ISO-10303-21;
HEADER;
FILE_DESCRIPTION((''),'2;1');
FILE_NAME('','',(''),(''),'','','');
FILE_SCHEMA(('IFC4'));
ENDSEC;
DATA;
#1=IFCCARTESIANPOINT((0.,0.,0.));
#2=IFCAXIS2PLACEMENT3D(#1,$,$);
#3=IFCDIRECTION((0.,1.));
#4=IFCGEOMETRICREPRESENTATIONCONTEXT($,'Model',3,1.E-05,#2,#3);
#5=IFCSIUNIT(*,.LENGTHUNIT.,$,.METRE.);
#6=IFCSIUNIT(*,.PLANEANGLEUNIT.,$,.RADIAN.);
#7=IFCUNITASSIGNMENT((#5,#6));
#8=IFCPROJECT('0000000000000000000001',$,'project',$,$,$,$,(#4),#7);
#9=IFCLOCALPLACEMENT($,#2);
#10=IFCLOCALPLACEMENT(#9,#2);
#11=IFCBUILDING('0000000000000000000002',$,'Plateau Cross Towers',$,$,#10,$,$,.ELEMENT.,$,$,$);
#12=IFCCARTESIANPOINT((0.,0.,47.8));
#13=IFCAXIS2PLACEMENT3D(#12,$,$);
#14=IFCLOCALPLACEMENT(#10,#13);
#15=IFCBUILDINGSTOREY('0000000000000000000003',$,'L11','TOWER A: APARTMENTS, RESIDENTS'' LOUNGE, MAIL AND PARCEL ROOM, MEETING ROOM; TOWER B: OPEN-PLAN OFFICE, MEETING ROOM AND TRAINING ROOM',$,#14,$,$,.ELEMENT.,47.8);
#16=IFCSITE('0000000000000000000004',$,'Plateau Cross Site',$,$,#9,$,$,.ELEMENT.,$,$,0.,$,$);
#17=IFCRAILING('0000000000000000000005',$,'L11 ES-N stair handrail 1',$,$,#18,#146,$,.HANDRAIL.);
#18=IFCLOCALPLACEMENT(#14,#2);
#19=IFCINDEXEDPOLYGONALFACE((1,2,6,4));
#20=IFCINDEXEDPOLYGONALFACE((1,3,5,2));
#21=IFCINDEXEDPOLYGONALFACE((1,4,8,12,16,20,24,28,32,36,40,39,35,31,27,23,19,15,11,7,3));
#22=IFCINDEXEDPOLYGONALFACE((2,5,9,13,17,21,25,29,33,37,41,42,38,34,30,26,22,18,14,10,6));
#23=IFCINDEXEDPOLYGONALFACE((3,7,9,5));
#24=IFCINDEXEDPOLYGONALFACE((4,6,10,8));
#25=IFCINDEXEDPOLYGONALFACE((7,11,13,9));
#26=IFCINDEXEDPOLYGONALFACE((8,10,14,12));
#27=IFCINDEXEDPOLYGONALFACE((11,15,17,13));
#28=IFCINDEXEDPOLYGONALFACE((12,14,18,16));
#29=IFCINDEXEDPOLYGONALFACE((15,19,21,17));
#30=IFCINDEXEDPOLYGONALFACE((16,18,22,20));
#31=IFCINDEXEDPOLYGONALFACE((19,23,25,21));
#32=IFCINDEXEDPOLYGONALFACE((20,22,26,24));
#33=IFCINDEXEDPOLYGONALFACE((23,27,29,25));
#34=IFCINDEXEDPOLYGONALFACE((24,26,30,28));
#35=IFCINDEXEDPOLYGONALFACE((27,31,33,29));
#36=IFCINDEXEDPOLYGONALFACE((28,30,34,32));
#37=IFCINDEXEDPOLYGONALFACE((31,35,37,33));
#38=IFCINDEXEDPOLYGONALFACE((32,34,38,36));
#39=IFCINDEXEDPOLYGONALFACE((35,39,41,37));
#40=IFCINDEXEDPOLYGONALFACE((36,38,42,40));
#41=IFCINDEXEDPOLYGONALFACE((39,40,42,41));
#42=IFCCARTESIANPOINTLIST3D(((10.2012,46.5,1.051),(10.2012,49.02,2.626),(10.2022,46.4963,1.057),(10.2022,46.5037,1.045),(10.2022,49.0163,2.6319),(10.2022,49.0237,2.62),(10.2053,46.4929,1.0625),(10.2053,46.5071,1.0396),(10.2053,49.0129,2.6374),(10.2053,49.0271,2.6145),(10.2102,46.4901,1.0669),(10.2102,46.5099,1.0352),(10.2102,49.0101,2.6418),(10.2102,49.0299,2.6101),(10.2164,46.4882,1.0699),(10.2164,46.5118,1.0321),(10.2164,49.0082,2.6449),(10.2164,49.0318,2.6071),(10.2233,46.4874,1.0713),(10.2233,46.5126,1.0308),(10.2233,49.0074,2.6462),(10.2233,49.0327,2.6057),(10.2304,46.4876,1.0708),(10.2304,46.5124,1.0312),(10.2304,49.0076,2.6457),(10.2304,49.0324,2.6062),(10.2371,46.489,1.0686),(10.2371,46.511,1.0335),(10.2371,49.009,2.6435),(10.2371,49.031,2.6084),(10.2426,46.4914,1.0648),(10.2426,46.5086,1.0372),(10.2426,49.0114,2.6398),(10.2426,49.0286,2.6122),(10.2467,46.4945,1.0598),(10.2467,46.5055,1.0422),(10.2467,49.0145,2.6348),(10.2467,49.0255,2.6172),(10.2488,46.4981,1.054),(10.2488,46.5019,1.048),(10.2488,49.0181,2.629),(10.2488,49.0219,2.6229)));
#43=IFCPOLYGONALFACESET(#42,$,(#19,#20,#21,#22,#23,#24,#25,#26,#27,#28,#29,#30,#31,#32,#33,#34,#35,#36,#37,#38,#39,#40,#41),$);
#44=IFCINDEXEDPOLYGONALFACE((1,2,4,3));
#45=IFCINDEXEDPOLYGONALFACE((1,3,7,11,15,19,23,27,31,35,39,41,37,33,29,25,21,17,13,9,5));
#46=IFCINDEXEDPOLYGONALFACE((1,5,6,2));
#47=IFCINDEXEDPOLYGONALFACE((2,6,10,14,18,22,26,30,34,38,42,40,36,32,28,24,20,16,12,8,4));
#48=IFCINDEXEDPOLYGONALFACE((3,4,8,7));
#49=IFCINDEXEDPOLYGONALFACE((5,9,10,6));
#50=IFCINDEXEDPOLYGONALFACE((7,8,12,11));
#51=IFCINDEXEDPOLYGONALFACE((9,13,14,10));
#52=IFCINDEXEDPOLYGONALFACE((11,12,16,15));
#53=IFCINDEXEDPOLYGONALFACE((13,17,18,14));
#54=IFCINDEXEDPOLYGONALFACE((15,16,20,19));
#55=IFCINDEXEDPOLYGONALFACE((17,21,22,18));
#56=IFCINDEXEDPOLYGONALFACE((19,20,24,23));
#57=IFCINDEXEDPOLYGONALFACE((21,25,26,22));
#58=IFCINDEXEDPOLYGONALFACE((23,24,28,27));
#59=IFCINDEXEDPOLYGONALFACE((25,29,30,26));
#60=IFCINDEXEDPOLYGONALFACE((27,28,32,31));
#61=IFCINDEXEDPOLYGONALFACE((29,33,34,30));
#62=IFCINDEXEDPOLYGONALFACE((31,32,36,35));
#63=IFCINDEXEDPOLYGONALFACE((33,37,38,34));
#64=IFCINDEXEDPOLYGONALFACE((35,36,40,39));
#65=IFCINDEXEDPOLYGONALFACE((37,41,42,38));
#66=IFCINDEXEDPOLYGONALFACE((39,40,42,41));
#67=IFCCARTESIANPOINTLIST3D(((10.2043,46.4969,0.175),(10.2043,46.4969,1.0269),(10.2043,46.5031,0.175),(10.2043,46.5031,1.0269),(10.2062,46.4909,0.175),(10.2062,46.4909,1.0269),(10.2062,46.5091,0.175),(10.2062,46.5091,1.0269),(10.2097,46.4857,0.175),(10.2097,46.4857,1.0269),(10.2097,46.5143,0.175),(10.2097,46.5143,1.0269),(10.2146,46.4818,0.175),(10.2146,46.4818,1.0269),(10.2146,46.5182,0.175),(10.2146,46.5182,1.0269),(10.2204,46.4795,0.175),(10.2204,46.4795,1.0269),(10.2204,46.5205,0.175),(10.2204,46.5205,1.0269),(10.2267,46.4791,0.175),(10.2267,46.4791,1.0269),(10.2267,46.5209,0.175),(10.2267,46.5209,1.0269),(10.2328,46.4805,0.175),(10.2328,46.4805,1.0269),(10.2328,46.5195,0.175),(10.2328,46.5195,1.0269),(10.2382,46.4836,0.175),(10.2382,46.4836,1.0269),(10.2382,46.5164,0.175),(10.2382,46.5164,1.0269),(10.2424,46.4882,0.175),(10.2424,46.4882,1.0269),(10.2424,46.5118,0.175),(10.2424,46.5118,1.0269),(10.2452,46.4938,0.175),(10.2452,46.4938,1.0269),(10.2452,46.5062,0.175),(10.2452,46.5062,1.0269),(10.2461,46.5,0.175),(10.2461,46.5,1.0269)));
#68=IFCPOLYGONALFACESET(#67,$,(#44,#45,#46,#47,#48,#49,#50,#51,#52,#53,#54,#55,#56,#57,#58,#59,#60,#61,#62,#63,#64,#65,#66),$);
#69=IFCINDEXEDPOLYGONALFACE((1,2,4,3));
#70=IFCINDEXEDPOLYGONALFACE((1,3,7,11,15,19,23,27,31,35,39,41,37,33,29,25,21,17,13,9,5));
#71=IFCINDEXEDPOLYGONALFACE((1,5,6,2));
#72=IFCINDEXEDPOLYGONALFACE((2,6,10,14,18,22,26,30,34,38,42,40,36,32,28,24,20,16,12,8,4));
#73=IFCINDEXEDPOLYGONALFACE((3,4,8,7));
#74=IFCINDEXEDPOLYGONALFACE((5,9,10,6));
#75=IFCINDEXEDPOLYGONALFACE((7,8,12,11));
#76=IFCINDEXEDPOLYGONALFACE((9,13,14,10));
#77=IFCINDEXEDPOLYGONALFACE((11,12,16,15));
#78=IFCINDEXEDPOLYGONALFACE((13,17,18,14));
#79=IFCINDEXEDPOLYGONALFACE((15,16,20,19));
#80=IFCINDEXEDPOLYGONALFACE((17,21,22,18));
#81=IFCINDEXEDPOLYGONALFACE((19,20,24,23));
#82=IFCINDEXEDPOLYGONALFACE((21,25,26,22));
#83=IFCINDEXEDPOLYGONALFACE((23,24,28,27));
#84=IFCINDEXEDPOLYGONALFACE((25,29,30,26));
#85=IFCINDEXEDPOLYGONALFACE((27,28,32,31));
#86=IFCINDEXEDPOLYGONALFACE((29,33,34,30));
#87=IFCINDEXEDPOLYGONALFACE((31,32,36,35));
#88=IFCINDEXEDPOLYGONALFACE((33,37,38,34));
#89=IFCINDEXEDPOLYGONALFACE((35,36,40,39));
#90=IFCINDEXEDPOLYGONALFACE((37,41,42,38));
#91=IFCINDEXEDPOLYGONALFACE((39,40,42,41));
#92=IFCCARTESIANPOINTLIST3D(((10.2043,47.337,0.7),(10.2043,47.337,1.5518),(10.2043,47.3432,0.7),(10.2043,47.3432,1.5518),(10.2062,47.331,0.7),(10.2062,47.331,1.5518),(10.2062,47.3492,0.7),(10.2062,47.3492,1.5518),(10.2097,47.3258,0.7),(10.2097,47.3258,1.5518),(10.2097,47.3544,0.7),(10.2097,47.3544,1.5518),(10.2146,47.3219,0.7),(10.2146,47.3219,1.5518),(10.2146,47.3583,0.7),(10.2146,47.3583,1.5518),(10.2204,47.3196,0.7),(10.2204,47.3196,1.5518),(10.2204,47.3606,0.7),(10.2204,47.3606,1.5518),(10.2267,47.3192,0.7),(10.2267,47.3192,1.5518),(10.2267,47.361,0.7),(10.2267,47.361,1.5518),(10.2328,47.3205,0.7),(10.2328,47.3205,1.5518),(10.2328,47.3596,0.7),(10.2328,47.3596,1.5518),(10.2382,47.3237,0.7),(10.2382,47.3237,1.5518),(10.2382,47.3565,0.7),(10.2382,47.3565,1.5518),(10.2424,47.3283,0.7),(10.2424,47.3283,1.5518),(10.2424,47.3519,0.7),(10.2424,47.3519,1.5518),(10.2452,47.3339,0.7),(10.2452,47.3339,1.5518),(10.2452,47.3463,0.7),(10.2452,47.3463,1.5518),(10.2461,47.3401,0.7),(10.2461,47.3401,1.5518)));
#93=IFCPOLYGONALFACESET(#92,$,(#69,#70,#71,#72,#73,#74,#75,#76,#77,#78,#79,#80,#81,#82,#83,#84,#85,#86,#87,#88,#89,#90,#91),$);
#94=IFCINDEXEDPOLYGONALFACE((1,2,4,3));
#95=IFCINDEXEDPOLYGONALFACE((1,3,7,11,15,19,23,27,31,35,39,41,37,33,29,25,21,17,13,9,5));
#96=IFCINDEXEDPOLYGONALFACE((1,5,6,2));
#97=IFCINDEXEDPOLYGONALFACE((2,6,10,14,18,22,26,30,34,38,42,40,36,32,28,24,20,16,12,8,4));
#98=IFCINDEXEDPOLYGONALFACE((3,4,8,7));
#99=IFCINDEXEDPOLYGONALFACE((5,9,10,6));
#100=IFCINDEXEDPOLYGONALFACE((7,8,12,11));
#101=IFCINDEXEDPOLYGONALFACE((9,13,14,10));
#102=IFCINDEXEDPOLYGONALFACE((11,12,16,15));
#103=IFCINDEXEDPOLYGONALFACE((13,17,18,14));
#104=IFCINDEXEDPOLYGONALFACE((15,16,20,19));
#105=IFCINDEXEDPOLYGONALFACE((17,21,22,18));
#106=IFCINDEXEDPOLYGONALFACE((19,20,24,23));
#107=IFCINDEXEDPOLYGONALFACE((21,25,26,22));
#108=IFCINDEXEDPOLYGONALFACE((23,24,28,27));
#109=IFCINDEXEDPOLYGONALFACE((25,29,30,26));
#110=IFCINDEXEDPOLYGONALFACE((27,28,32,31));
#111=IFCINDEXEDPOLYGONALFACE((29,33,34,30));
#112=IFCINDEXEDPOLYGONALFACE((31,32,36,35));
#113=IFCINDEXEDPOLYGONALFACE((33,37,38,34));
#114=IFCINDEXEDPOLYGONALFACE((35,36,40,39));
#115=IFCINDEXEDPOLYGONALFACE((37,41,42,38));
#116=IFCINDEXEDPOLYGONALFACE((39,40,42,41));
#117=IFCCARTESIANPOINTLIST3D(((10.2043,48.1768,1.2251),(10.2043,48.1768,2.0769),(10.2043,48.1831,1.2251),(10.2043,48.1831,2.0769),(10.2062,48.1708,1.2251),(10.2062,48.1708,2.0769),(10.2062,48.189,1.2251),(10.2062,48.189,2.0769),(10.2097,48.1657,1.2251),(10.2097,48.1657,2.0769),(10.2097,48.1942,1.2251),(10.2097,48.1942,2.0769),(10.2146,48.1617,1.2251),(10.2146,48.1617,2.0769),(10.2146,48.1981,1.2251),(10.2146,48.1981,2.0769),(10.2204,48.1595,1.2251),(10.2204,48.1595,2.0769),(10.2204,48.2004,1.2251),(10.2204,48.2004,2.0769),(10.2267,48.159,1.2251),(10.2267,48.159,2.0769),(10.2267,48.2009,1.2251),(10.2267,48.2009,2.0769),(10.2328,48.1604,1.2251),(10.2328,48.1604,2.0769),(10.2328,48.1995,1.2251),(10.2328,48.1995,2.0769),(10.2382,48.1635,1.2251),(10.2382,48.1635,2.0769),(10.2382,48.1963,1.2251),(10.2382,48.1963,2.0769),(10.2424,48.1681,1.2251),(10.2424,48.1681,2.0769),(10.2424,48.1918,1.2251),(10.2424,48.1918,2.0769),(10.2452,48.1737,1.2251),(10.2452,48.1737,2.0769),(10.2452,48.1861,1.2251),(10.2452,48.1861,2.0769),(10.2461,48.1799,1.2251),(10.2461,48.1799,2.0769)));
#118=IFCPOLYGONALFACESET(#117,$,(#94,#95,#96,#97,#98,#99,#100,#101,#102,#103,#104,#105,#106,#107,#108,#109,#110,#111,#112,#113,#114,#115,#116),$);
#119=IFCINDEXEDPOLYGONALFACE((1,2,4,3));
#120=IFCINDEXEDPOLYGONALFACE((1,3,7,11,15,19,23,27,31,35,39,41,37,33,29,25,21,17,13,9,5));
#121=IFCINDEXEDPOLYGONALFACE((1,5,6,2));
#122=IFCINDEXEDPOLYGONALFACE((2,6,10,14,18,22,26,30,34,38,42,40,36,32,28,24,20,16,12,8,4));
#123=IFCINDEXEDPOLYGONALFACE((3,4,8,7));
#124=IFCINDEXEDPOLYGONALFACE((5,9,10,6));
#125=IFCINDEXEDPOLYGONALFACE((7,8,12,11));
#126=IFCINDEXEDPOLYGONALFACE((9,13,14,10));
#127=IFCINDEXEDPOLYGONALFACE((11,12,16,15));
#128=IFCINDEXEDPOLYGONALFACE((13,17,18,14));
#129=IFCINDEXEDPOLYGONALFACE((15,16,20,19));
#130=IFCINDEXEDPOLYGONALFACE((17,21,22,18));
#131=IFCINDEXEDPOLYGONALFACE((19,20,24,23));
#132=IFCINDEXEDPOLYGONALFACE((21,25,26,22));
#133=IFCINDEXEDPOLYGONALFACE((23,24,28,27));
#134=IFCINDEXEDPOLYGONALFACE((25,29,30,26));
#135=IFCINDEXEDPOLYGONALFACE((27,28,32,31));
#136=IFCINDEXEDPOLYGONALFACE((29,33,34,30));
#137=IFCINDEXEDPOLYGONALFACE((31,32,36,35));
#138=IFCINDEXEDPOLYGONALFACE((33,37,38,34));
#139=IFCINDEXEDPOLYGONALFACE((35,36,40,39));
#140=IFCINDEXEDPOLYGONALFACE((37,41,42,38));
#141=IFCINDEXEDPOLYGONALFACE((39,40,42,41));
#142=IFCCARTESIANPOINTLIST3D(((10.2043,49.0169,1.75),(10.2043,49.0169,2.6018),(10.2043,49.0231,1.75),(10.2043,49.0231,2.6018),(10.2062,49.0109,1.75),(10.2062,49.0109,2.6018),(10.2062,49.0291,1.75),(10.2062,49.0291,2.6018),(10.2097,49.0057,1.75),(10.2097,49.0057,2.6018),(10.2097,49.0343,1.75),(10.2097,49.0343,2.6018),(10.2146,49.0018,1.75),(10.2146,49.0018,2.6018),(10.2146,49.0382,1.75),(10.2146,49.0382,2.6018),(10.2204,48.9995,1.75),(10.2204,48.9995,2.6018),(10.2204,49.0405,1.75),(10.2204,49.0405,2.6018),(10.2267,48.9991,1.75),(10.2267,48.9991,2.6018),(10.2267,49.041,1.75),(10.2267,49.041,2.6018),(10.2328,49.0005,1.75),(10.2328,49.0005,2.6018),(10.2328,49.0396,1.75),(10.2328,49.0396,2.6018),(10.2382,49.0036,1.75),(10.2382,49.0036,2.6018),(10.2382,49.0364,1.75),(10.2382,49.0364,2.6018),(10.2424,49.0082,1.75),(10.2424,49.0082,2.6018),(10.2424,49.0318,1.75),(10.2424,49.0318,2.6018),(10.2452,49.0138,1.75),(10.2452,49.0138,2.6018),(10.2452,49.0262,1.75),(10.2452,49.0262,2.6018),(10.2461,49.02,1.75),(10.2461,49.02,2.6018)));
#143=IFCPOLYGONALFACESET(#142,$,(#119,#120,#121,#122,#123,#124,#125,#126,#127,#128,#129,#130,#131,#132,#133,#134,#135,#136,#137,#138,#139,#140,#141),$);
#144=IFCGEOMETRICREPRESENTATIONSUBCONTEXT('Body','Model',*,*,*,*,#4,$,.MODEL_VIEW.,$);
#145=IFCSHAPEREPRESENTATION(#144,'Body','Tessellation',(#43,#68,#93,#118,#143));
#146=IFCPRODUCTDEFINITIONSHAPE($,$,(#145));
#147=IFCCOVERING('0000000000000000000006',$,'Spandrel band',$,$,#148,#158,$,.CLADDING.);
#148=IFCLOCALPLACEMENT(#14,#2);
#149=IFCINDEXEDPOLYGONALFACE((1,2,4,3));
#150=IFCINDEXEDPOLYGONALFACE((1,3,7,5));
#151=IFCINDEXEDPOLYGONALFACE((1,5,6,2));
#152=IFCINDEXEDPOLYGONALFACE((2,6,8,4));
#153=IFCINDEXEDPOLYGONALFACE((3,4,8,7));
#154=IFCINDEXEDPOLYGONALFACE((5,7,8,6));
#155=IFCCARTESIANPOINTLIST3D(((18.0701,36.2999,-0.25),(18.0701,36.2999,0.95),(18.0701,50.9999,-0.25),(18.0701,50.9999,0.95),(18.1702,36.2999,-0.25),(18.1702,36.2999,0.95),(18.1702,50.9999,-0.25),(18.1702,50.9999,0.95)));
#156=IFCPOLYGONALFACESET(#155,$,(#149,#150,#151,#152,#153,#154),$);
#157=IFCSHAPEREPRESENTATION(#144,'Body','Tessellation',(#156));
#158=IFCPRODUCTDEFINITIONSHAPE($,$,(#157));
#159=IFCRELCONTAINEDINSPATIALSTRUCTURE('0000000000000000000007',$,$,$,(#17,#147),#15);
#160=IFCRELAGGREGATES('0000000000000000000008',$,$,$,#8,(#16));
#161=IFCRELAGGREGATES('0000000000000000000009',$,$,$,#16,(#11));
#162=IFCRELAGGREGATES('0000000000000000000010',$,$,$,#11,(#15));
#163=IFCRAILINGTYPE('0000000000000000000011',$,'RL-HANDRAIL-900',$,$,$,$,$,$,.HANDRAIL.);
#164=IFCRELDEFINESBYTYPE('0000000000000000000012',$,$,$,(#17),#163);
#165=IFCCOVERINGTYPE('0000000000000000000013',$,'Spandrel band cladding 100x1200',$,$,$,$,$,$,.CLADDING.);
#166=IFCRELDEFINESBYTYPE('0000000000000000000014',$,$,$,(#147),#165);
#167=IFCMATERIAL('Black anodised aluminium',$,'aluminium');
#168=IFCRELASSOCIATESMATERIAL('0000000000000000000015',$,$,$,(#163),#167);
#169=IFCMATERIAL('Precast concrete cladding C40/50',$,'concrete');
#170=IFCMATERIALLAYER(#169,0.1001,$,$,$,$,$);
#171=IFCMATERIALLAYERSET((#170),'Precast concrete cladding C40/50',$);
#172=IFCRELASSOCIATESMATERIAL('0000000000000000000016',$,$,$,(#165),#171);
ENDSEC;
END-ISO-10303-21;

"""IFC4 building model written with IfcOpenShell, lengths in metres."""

from ifc_helpers import new_model, si_unit, direction, frame, origin, origin_2d, place, context, subcontext, project, spatial, rectangle, circle, extrude, material, layer, layer_set, type_object, element, save


model = new_model("IFC4")

# Units and contexts
model_context = context("Model", 3, precision=1e-05, world=origin(), true_north=direction((0.0, 1.0)))
body_context = subcontext(model_context, "Body", "Model", "MODEL_VIEW")
ifc_project = project(units=[si_unit("LENGTHUNIT", "METRE"), si_unit("PLANEANGLEUNIT", "RADIAN")], contexts=[model_context])

# Site, building, storey
site_placement = place(None, origin())
site = spatial("IfcSite", under=ifc_project, at=site_placement, Name="Plateau Cross Site", CompositionType="ELEMENT", RefElevation=0.0)
building_placement = place(site_placement, origin())
building = spatial("IfcBuilding", under=site, at=building_placement, Name="Plateau Cross Towers", CompositionType="ELEMENT")
storey_placement = place(building_placement, frame((0.0, 0.0, 47.8)))
storey = spatial("IfcBuildingStorey", under=building, at=storey_placement, Name="L11", Description="TOWER A: APARTMENTS, RESIDENTS' LOUNGE, MAIL AND PARCEL ROOM, MEETING ROOM; TOWER B: OPEN-PLAN OFFICE, MEETING ROOM AND TRAINING ROOM", CompositionType="ELEMENT", Elevation=47.8)

# Shared definitions
ifc_material_1 = material(Name="Black anodised aluminium", Category="aluminium")

# Railing
railing_type_1 = type_object("IfcRailingType", Name="RL-HANDRAIL-900", PredefinedType="HANDRAIL", material=ifc_material_1)
railing_1_placement = place(storey_placement, frame((10.2251, 46.5, 0.175)))
element("IfcRailing", 1, at=railing_1_placement, inside=storey, type_object=railing_type_1, Name="L11 ES-N stair handrail 1", PredefinedType="HANDRAIL", context=body_context, shape_type="SweptSolid", body=[
    extrude(circle(Radius=0.0239, at=origin_2d()), frame((0.0, 0.0, 0.876), z_axis=(0.0, 0.848008, 0.529984), x_axis=(-1.0, 0.0, 0.0)), (0.0, 0.0, 1.0), 2.9717),
    extrude(circle(Radius=0.021, at=origin_2d()), origin(), (0.0, 0.0, 1.0), 0.8518),
    extrude(circle(Radius=0.021, at=origin_2d()), frame((0.0, 0.8401, 0.5249)), (0.0, 0.0, 1.0), 0.8518),
    extrude(circle(Radius=0.021, at=origin_2d()), frame((0.0, 1.6799, 1.05)), (0.0, 0.0, 1.0), 0.8518),
    extrude(circle(Radius=0.021, at=origin_2d()), frame((0.0, 2.52, 1.575)), (0.0, 0.0, 1.0), 0.8518),
])

# Covering
ifc_material_2 = material(Name="Precast concrete cladding C40/50", Category="concrete")
ifc_layer_1 = layer(ifc_material_2, 0.1001)
ifc_layer_set_1 = layer_set([ifc_layer_1], Name="Precast concrete cladding C40/50")
covering_type = type_object("IfcCoveringType", Name="Spandrel band cladding 100x1200", PredefinedType="CLADDING", material=ifc_layer_set_1)
covering_placement = place(storey_placement, frame((18.1201, 43.6499, -0.25), z_axis=(0.0, 0.0, 1.0), x_axis=(0.0, 1.0, 0.0)))
element("IfcCovering", 2, at=covering_placement, inside=storey, type_object=covering_type, Name="Spandrel band", PredefinedType="CLADDING", context=body_context, shape_type="SweptSolid", body=[
    extrude(rectangle(XDim=14.7, YDim=0.1001, at=origin_2d()), origin(), (0.0, 0.0, 1.0), 1.2),
])

save(model, "model.ifc")
